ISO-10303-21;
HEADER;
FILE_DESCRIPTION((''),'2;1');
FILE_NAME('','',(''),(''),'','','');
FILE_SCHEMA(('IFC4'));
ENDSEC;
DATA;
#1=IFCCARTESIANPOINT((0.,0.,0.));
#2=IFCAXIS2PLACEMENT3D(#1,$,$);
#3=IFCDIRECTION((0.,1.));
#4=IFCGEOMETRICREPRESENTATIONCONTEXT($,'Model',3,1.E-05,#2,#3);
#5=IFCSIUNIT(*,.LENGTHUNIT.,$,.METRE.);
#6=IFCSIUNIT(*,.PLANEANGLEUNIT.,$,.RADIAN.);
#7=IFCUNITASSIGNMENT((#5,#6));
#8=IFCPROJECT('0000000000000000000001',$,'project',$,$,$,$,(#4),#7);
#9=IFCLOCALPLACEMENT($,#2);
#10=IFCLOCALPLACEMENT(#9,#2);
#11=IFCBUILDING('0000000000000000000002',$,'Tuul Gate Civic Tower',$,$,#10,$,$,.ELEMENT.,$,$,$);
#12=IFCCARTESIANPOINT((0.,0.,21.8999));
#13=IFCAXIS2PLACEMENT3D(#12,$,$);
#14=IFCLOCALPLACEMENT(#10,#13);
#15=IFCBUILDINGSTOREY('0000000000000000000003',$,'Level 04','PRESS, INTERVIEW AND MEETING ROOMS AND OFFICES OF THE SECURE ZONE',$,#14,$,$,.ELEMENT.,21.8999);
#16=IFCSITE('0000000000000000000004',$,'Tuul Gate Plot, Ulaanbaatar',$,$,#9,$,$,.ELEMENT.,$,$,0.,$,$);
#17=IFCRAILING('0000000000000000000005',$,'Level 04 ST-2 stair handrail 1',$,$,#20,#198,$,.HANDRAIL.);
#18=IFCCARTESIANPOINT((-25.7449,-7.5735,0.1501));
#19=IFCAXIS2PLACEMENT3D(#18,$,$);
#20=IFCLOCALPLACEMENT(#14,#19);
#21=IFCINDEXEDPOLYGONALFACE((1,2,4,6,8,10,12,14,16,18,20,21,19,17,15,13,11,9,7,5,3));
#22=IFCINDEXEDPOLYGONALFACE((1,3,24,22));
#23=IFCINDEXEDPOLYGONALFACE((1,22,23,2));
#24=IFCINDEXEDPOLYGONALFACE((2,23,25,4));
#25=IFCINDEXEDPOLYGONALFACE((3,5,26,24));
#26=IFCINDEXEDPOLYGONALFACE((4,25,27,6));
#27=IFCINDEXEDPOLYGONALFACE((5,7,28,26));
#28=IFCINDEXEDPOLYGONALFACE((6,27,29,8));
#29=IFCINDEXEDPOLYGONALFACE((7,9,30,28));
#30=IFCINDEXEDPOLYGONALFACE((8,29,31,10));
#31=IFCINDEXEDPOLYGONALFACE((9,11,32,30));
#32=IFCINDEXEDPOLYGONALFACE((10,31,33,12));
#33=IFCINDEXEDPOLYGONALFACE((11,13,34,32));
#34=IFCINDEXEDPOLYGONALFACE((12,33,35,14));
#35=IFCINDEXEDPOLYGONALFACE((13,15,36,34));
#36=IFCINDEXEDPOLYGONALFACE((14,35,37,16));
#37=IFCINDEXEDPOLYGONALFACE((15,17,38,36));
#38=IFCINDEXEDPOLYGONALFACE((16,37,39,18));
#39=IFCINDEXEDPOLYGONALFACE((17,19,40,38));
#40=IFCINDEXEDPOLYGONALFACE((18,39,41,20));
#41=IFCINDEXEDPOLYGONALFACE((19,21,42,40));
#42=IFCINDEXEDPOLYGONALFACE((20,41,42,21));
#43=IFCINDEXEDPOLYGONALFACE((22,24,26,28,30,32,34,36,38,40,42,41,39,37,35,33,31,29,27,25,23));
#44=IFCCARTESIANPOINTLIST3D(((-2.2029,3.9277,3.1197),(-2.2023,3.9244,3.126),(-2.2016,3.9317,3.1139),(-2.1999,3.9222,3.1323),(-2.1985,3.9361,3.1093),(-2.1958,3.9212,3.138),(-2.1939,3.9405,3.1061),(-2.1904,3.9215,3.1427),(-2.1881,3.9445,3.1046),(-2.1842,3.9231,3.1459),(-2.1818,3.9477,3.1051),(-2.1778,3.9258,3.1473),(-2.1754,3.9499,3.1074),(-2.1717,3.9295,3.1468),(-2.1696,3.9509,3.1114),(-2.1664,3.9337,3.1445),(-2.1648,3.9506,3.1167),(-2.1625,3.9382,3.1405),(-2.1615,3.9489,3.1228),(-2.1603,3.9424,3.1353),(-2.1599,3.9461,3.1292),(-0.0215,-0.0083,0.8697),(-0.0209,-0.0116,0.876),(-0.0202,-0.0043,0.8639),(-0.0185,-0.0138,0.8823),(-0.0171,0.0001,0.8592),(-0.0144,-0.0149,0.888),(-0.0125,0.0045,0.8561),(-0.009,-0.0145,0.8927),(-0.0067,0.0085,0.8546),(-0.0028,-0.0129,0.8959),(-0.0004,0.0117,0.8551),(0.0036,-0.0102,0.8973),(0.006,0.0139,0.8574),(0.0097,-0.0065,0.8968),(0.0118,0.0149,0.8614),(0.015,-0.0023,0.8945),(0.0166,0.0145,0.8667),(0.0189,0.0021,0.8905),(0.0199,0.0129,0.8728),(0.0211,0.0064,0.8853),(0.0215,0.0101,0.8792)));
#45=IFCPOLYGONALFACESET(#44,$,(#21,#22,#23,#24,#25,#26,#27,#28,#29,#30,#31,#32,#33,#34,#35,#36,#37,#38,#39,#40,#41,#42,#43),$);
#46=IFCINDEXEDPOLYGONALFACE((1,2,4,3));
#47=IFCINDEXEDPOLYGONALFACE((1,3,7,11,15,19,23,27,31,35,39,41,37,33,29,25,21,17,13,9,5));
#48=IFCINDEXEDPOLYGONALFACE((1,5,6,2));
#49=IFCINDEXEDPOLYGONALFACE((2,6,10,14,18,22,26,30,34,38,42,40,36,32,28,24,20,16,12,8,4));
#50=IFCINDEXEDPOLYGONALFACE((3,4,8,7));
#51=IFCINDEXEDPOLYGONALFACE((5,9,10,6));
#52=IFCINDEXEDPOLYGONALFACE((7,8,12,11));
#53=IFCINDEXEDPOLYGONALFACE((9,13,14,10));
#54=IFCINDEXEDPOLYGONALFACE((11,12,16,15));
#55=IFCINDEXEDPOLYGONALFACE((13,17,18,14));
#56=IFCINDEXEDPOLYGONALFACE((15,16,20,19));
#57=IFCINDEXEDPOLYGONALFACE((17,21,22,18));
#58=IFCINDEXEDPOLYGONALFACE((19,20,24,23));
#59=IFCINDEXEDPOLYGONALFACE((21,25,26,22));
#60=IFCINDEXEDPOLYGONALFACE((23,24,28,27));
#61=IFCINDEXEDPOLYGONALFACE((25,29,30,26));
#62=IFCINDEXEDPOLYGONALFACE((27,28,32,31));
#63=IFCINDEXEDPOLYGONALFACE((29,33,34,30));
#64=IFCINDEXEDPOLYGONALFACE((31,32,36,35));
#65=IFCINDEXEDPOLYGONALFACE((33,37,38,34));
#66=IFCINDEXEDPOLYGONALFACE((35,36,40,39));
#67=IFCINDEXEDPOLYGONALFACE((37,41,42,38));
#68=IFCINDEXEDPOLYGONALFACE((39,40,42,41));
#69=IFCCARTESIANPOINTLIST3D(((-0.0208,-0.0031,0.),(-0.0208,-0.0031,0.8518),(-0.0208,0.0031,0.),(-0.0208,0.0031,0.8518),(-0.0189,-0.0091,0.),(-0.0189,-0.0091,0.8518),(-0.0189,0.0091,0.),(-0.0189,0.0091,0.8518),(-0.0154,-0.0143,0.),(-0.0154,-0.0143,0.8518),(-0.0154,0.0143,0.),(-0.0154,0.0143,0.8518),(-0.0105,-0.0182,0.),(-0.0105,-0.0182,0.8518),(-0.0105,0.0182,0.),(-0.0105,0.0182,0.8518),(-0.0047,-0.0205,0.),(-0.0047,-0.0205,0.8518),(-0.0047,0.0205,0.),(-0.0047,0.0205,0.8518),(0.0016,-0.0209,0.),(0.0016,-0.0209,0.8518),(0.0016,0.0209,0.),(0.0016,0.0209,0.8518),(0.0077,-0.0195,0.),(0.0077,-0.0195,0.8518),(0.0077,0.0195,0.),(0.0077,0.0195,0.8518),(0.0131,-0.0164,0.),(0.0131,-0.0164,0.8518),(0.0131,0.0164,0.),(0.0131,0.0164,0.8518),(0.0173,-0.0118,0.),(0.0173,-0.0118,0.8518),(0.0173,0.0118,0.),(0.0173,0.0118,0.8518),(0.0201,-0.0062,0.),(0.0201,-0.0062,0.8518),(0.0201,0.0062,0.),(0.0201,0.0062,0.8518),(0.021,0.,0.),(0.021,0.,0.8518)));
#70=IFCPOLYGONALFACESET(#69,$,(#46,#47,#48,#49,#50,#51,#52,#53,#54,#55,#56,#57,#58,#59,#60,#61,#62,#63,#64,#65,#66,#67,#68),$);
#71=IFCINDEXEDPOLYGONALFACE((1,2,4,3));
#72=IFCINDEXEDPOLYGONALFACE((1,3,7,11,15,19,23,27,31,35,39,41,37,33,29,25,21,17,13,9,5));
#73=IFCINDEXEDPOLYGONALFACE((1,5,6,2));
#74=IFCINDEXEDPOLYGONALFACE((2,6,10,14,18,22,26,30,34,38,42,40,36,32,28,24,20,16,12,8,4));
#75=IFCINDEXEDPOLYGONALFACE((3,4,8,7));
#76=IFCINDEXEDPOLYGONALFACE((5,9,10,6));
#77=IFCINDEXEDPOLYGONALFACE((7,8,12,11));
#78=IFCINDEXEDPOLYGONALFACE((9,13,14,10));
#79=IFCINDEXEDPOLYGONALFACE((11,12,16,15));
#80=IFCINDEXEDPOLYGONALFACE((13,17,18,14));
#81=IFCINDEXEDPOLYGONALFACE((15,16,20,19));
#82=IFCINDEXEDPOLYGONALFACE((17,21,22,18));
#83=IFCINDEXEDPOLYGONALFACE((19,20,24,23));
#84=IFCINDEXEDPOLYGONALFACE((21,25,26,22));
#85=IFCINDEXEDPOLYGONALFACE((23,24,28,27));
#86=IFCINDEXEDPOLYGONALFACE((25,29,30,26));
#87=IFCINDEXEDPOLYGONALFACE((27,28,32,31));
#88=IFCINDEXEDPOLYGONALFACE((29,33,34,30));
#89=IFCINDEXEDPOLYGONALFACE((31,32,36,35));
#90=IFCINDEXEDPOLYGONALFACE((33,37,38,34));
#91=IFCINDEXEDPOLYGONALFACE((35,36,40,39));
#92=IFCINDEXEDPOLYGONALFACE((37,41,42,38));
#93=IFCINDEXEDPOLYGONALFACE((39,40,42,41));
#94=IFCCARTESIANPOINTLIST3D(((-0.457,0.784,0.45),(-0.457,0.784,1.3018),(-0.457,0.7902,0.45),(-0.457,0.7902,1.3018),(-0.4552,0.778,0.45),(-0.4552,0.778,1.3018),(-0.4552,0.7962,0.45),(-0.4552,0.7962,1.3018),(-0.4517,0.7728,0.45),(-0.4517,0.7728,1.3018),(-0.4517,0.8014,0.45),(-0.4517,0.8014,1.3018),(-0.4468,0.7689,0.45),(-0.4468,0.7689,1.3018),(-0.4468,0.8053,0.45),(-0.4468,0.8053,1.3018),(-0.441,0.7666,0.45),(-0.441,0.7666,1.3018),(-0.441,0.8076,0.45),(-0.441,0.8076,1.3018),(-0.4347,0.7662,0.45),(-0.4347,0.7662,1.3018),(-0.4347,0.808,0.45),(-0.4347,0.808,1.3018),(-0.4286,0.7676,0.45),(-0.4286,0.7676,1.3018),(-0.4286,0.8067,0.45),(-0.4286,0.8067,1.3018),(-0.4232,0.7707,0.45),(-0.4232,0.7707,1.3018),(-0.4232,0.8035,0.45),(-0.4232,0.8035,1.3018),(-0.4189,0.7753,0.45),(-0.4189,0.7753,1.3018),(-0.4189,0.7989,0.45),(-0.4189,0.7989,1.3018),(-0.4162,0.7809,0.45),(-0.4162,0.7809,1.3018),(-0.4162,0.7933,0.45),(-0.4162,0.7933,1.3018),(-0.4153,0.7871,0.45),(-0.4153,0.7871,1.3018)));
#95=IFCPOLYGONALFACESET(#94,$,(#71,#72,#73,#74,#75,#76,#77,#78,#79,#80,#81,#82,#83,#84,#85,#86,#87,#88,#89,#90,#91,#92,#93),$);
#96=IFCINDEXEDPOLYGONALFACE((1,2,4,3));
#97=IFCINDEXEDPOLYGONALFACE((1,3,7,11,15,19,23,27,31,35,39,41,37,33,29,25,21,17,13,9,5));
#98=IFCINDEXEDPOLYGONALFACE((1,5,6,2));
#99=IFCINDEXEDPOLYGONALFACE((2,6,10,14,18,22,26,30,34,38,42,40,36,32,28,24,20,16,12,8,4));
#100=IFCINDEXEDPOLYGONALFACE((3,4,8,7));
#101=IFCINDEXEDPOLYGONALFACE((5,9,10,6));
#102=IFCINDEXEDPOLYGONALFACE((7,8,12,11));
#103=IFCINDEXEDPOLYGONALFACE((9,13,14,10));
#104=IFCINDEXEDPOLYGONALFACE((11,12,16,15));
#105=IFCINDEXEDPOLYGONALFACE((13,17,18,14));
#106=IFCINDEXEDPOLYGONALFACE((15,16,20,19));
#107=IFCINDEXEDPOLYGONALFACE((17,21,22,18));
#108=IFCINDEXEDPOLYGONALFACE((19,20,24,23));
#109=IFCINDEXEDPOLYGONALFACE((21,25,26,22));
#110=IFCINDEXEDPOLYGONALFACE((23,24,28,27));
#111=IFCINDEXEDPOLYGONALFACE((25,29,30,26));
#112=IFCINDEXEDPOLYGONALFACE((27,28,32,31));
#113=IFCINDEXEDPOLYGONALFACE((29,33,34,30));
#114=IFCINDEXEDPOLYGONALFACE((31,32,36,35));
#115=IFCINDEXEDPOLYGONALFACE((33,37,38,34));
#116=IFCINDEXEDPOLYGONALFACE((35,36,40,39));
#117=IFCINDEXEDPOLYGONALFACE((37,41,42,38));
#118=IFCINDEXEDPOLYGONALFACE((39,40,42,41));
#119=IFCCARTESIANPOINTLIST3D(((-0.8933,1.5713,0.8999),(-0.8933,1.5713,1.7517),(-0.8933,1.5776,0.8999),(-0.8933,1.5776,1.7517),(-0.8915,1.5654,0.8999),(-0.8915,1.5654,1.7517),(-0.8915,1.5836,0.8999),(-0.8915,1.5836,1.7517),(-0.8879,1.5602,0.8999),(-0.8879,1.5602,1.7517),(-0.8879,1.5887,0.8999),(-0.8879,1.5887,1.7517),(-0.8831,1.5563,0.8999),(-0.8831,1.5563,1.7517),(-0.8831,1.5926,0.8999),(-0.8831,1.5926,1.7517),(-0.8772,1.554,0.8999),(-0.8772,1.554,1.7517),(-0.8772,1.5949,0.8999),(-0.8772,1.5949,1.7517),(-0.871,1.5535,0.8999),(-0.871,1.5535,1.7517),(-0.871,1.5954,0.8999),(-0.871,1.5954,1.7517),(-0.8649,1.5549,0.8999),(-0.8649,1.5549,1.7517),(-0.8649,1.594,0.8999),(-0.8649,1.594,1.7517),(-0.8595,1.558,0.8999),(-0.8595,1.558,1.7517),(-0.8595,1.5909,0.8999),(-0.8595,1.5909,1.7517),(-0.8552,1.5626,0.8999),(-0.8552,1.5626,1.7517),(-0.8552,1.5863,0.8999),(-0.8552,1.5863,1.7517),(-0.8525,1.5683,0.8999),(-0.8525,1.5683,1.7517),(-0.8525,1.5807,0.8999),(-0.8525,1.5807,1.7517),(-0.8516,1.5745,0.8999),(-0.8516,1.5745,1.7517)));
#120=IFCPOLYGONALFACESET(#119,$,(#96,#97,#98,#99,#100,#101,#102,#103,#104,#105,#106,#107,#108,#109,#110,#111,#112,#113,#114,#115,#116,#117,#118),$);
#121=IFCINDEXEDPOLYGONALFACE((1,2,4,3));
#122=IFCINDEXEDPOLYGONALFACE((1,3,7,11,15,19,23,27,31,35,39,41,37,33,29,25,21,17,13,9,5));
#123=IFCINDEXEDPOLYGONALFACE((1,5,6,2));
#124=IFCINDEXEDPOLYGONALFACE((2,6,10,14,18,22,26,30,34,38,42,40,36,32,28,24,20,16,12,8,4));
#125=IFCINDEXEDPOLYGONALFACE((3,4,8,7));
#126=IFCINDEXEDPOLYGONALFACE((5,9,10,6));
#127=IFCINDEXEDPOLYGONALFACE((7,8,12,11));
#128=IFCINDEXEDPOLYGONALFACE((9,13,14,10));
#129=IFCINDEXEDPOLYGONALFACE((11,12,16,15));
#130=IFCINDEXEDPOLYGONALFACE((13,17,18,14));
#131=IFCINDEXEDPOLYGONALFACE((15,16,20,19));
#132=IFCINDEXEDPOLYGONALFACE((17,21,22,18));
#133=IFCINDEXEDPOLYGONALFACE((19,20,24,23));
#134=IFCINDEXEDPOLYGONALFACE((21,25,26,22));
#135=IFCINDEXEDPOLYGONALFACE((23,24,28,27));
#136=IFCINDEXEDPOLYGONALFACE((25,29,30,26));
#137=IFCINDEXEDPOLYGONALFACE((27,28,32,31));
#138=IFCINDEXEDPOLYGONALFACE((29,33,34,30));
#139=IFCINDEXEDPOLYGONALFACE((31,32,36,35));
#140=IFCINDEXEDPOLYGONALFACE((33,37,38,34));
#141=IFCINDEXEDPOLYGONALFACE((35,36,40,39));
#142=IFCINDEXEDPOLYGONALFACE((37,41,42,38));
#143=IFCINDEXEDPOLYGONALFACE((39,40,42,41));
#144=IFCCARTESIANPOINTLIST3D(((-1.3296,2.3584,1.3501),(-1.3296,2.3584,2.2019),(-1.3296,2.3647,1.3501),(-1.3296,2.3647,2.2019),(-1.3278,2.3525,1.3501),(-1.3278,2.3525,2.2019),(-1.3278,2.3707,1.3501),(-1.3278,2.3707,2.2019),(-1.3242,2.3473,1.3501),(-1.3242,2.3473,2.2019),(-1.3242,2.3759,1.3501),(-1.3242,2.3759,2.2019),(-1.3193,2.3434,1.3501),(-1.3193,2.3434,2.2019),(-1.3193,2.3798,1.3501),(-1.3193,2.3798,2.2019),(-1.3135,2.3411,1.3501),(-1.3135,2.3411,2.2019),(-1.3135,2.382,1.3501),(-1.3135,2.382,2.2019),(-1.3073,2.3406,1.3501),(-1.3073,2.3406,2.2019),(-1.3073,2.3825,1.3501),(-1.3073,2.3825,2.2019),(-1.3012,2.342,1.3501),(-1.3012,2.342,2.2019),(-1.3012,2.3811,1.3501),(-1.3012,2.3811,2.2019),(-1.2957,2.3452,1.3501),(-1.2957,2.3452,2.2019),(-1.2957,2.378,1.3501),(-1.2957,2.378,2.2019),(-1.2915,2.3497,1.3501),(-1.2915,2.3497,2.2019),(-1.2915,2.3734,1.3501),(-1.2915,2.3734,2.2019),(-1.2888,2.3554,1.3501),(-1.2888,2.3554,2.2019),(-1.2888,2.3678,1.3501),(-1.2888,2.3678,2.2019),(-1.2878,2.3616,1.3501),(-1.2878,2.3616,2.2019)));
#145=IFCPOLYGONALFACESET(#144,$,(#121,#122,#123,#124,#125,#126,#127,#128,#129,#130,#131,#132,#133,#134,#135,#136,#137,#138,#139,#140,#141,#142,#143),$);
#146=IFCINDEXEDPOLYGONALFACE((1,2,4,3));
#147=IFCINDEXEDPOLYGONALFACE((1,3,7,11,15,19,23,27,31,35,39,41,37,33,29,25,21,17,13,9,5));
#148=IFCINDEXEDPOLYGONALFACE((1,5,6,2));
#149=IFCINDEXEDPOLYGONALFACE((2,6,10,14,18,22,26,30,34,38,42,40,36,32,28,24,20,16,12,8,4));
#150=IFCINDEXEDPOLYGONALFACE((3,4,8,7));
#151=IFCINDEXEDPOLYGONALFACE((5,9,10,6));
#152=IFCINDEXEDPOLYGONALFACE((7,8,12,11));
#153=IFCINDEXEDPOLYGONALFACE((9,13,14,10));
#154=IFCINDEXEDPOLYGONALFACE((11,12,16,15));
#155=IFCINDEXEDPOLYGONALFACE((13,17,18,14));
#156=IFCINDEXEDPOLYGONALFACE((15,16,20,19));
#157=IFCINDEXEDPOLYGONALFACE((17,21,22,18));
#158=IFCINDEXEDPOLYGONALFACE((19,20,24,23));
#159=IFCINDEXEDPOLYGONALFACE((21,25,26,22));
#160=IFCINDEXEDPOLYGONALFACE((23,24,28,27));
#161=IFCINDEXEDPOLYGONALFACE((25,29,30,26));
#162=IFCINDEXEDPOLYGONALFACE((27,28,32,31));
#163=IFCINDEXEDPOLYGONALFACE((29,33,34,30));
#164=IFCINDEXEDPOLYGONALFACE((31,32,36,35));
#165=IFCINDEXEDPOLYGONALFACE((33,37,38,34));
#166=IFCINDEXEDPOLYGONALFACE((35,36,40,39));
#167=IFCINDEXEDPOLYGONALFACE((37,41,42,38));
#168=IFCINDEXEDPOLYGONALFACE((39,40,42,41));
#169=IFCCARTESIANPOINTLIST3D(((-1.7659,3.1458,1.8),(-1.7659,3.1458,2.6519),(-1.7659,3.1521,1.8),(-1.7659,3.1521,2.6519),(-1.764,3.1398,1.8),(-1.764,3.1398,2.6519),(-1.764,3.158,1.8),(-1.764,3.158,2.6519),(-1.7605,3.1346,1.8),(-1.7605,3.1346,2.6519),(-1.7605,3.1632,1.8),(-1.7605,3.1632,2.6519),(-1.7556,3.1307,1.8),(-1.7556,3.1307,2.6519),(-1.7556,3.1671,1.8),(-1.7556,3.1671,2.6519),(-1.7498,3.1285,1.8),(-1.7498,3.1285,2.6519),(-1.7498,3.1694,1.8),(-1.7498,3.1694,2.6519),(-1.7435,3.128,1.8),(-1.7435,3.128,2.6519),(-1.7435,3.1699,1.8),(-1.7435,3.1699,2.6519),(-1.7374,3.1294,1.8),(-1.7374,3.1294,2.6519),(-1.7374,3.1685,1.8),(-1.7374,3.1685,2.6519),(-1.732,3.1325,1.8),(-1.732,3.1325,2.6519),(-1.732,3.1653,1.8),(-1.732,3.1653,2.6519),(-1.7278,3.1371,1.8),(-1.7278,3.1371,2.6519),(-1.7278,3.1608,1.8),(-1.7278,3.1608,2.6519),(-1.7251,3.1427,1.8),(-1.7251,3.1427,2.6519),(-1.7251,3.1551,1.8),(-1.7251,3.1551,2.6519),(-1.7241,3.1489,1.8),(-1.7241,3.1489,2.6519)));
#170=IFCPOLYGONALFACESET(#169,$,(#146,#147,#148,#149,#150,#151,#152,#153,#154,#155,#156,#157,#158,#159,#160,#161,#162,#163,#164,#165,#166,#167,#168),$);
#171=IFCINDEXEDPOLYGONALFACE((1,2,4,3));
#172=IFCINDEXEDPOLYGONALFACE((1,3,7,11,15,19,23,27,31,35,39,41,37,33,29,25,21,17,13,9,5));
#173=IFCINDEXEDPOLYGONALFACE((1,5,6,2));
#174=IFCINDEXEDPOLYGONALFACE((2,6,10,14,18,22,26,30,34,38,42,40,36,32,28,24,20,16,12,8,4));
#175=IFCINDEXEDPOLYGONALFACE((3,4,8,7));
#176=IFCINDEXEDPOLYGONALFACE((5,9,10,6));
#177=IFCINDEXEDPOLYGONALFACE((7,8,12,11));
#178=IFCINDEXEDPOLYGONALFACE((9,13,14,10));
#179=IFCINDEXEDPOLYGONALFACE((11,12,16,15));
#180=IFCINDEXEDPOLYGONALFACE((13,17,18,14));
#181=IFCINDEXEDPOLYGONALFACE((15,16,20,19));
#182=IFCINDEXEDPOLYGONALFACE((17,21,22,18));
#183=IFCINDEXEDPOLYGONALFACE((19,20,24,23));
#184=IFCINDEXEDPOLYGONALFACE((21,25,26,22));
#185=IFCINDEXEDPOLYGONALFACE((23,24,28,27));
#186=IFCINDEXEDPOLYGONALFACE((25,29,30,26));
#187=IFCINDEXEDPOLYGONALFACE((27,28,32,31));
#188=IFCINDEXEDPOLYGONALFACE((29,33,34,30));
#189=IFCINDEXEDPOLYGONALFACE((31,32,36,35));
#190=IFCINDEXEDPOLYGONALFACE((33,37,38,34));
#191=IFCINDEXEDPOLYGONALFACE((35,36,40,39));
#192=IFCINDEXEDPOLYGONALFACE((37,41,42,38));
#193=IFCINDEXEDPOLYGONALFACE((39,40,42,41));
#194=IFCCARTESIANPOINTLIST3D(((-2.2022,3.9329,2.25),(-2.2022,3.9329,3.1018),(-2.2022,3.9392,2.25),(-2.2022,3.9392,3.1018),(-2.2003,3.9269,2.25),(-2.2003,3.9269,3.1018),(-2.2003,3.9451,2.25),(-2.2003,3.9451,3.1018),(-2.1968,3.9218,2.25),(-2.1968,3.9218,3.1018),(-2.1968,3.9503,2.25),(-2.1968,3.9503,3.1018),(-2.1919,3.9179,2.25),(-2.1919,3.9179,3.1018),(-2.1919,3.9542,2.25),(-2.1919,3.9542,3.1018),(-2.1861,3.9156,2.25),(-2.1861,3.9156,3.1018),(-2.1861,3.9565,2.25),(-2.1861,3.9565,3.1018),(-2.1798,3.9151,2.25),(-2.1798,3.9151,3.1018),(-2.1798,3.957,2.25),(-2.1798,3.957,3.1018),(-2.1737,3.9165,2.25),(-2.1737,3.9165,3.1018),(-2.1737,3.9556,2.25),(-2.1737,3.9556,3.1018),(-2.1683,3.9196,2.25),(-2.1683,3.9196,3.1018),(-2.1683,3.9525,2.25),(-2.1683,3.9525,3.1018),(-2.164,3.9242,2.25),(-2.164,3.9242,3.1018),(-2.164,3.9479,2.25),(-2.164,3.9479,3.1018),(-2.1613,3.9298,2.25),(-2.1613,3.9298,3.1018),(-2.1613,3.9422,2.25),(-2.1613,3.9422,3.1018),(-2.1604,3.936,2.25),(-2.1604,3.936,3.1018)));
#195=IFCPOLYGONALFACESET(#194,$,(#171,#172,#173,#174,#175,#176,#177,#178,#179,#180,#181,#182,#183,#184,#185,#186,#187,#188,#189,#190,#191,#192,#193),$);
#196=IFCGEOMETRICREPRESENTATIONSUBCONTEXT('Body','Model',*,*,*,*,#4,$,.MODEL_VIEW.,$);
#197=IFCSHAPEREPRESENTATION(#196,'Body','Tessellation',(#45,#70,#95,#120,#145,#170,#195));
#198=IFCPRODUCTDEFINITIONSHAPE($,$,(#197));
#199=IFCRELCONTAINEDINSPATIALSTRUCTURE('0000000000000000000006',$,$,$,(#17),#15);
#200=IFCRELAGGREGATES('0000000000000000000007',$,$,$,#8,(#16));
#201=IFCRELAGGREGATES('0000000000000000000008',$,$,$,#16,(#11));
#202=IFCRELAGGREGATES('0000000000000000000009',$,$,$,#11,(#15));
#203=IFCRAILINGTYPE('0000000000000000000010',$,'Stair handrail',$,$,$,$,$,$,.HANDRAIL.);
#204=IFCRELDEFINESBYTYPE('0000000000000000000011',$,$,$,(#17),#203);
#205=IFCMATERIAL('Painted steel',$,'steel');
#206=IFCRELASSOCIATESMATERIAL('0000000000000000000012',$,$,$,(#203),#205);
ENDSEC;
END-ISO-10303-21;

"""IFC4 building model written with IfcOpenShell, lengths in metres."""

from ifc_helpers import new_model, si_unit, direction, frame, origin, origin_2d, place, context, subcontext, project, spatial, circle, extrude, material, type_object, element, save


model = new_model("IFC4")

# Units and contexts
model_context = context("Model", 3, precision=1e-05, world=origin(), true_north=direction((0.0, 1.0)))
body_context = subcontext(model_context, "Body", "Model", "MODEL_VIEW")
ifc_project = project(units=[si_unit("LENGTHUNIT", "METRE"), si_unit("PLANEANGLEUNIT", "RADIAN")], contexts=[model_context])

# Site, building, storey
site_placement = place(None, origin())
site = spatial("IfcSite", under=ifc_project, at=site_placement, Name="Tuul Gate Plot, Ulaanbaatar", CompositionType="ELEMENT", RefElevation=0.0)
building_placement = place(site_placement, origin())
building = spatial("IfcBuilding", under=site, at=building_placement, Name="Tuul Gate Civic Tower", CompositionType="ELEMENT")
storey_placement = place(building_placement, frame((0.0, 0.0, 21.8999)))
storey = spatial("IfcBuildingStorey", under=building, at=storey_placement, Name="Level 04", Description="PRESS, INTERVIEW AND MEETING ROOMS AND OFFICES OF THE SECURE ZONE", CompositionType="ELEMENT", Elevation=21.8999)

# Railing
ifc_material_1 = material(Name="Painted steel", Category="steel")
railing_type_1 = type_object("IfcRailingType", Name="Stair handrail", PredefinedType="HANDRAIL", material=ifc_material_1)
railing_1_placement = place(storey_placement, frame((-25.7449, -7.5735, 0.1501)))
element("IfcRailing", 1, at=railing_1_placement, inside=storey, type_object=railing_type_1, Name="Level 04 ST-2 stair handrail 1", PredefinedType="HANDRAIL", context=body_context, shape_type="SweptSolid", body=[
    extrude(circle(Radius=0.0239, at=origin_2d()), frame((0.0, 0.0, 0.876), z_axis=(-0.43357, 0.782319, 0.447206), x_axis=(-0.874656, -0.484744, 0.0)), (0.0, 0.0, 1.0), 5.0312),
    extrude(circle(Radius=0.021, at=origin_2d()), origin(), (0.0, 0.0, 1.0), 0.8518),
    extrude(circle(Radius=0.021, at=origin_2d()), frame((-0.4363, 0.7871, 0.45)), (0.0, 0.0, 1.0), 0.8518),
    extrude(circle(Radius=0.021, at=origin_2d()), frame((-0.8726, 1.5745, 0.8999)), (0.0, 0.0, 1.0), 0.8518),
    extrude(circle(Radius=0.021, at=origin_2d()), frame((-1.3088, 2.3616, 1.3501)), (0.0, 0.0, 1.0), 0.8518),
    extrude(circle(Radius=0.021, at=origin_2d()), frame((-1.7451, 3.1489, 1.8)), (0.0, 0.0, 1.0), 0.8518),
    extrude(circle(Radius=0.021, at=origin_2d()), frame((-2.1814, 3.936, 2.25)), (0.0, 0.0, 1.0), 0.8518),
])

save(model, "model.ifc")
